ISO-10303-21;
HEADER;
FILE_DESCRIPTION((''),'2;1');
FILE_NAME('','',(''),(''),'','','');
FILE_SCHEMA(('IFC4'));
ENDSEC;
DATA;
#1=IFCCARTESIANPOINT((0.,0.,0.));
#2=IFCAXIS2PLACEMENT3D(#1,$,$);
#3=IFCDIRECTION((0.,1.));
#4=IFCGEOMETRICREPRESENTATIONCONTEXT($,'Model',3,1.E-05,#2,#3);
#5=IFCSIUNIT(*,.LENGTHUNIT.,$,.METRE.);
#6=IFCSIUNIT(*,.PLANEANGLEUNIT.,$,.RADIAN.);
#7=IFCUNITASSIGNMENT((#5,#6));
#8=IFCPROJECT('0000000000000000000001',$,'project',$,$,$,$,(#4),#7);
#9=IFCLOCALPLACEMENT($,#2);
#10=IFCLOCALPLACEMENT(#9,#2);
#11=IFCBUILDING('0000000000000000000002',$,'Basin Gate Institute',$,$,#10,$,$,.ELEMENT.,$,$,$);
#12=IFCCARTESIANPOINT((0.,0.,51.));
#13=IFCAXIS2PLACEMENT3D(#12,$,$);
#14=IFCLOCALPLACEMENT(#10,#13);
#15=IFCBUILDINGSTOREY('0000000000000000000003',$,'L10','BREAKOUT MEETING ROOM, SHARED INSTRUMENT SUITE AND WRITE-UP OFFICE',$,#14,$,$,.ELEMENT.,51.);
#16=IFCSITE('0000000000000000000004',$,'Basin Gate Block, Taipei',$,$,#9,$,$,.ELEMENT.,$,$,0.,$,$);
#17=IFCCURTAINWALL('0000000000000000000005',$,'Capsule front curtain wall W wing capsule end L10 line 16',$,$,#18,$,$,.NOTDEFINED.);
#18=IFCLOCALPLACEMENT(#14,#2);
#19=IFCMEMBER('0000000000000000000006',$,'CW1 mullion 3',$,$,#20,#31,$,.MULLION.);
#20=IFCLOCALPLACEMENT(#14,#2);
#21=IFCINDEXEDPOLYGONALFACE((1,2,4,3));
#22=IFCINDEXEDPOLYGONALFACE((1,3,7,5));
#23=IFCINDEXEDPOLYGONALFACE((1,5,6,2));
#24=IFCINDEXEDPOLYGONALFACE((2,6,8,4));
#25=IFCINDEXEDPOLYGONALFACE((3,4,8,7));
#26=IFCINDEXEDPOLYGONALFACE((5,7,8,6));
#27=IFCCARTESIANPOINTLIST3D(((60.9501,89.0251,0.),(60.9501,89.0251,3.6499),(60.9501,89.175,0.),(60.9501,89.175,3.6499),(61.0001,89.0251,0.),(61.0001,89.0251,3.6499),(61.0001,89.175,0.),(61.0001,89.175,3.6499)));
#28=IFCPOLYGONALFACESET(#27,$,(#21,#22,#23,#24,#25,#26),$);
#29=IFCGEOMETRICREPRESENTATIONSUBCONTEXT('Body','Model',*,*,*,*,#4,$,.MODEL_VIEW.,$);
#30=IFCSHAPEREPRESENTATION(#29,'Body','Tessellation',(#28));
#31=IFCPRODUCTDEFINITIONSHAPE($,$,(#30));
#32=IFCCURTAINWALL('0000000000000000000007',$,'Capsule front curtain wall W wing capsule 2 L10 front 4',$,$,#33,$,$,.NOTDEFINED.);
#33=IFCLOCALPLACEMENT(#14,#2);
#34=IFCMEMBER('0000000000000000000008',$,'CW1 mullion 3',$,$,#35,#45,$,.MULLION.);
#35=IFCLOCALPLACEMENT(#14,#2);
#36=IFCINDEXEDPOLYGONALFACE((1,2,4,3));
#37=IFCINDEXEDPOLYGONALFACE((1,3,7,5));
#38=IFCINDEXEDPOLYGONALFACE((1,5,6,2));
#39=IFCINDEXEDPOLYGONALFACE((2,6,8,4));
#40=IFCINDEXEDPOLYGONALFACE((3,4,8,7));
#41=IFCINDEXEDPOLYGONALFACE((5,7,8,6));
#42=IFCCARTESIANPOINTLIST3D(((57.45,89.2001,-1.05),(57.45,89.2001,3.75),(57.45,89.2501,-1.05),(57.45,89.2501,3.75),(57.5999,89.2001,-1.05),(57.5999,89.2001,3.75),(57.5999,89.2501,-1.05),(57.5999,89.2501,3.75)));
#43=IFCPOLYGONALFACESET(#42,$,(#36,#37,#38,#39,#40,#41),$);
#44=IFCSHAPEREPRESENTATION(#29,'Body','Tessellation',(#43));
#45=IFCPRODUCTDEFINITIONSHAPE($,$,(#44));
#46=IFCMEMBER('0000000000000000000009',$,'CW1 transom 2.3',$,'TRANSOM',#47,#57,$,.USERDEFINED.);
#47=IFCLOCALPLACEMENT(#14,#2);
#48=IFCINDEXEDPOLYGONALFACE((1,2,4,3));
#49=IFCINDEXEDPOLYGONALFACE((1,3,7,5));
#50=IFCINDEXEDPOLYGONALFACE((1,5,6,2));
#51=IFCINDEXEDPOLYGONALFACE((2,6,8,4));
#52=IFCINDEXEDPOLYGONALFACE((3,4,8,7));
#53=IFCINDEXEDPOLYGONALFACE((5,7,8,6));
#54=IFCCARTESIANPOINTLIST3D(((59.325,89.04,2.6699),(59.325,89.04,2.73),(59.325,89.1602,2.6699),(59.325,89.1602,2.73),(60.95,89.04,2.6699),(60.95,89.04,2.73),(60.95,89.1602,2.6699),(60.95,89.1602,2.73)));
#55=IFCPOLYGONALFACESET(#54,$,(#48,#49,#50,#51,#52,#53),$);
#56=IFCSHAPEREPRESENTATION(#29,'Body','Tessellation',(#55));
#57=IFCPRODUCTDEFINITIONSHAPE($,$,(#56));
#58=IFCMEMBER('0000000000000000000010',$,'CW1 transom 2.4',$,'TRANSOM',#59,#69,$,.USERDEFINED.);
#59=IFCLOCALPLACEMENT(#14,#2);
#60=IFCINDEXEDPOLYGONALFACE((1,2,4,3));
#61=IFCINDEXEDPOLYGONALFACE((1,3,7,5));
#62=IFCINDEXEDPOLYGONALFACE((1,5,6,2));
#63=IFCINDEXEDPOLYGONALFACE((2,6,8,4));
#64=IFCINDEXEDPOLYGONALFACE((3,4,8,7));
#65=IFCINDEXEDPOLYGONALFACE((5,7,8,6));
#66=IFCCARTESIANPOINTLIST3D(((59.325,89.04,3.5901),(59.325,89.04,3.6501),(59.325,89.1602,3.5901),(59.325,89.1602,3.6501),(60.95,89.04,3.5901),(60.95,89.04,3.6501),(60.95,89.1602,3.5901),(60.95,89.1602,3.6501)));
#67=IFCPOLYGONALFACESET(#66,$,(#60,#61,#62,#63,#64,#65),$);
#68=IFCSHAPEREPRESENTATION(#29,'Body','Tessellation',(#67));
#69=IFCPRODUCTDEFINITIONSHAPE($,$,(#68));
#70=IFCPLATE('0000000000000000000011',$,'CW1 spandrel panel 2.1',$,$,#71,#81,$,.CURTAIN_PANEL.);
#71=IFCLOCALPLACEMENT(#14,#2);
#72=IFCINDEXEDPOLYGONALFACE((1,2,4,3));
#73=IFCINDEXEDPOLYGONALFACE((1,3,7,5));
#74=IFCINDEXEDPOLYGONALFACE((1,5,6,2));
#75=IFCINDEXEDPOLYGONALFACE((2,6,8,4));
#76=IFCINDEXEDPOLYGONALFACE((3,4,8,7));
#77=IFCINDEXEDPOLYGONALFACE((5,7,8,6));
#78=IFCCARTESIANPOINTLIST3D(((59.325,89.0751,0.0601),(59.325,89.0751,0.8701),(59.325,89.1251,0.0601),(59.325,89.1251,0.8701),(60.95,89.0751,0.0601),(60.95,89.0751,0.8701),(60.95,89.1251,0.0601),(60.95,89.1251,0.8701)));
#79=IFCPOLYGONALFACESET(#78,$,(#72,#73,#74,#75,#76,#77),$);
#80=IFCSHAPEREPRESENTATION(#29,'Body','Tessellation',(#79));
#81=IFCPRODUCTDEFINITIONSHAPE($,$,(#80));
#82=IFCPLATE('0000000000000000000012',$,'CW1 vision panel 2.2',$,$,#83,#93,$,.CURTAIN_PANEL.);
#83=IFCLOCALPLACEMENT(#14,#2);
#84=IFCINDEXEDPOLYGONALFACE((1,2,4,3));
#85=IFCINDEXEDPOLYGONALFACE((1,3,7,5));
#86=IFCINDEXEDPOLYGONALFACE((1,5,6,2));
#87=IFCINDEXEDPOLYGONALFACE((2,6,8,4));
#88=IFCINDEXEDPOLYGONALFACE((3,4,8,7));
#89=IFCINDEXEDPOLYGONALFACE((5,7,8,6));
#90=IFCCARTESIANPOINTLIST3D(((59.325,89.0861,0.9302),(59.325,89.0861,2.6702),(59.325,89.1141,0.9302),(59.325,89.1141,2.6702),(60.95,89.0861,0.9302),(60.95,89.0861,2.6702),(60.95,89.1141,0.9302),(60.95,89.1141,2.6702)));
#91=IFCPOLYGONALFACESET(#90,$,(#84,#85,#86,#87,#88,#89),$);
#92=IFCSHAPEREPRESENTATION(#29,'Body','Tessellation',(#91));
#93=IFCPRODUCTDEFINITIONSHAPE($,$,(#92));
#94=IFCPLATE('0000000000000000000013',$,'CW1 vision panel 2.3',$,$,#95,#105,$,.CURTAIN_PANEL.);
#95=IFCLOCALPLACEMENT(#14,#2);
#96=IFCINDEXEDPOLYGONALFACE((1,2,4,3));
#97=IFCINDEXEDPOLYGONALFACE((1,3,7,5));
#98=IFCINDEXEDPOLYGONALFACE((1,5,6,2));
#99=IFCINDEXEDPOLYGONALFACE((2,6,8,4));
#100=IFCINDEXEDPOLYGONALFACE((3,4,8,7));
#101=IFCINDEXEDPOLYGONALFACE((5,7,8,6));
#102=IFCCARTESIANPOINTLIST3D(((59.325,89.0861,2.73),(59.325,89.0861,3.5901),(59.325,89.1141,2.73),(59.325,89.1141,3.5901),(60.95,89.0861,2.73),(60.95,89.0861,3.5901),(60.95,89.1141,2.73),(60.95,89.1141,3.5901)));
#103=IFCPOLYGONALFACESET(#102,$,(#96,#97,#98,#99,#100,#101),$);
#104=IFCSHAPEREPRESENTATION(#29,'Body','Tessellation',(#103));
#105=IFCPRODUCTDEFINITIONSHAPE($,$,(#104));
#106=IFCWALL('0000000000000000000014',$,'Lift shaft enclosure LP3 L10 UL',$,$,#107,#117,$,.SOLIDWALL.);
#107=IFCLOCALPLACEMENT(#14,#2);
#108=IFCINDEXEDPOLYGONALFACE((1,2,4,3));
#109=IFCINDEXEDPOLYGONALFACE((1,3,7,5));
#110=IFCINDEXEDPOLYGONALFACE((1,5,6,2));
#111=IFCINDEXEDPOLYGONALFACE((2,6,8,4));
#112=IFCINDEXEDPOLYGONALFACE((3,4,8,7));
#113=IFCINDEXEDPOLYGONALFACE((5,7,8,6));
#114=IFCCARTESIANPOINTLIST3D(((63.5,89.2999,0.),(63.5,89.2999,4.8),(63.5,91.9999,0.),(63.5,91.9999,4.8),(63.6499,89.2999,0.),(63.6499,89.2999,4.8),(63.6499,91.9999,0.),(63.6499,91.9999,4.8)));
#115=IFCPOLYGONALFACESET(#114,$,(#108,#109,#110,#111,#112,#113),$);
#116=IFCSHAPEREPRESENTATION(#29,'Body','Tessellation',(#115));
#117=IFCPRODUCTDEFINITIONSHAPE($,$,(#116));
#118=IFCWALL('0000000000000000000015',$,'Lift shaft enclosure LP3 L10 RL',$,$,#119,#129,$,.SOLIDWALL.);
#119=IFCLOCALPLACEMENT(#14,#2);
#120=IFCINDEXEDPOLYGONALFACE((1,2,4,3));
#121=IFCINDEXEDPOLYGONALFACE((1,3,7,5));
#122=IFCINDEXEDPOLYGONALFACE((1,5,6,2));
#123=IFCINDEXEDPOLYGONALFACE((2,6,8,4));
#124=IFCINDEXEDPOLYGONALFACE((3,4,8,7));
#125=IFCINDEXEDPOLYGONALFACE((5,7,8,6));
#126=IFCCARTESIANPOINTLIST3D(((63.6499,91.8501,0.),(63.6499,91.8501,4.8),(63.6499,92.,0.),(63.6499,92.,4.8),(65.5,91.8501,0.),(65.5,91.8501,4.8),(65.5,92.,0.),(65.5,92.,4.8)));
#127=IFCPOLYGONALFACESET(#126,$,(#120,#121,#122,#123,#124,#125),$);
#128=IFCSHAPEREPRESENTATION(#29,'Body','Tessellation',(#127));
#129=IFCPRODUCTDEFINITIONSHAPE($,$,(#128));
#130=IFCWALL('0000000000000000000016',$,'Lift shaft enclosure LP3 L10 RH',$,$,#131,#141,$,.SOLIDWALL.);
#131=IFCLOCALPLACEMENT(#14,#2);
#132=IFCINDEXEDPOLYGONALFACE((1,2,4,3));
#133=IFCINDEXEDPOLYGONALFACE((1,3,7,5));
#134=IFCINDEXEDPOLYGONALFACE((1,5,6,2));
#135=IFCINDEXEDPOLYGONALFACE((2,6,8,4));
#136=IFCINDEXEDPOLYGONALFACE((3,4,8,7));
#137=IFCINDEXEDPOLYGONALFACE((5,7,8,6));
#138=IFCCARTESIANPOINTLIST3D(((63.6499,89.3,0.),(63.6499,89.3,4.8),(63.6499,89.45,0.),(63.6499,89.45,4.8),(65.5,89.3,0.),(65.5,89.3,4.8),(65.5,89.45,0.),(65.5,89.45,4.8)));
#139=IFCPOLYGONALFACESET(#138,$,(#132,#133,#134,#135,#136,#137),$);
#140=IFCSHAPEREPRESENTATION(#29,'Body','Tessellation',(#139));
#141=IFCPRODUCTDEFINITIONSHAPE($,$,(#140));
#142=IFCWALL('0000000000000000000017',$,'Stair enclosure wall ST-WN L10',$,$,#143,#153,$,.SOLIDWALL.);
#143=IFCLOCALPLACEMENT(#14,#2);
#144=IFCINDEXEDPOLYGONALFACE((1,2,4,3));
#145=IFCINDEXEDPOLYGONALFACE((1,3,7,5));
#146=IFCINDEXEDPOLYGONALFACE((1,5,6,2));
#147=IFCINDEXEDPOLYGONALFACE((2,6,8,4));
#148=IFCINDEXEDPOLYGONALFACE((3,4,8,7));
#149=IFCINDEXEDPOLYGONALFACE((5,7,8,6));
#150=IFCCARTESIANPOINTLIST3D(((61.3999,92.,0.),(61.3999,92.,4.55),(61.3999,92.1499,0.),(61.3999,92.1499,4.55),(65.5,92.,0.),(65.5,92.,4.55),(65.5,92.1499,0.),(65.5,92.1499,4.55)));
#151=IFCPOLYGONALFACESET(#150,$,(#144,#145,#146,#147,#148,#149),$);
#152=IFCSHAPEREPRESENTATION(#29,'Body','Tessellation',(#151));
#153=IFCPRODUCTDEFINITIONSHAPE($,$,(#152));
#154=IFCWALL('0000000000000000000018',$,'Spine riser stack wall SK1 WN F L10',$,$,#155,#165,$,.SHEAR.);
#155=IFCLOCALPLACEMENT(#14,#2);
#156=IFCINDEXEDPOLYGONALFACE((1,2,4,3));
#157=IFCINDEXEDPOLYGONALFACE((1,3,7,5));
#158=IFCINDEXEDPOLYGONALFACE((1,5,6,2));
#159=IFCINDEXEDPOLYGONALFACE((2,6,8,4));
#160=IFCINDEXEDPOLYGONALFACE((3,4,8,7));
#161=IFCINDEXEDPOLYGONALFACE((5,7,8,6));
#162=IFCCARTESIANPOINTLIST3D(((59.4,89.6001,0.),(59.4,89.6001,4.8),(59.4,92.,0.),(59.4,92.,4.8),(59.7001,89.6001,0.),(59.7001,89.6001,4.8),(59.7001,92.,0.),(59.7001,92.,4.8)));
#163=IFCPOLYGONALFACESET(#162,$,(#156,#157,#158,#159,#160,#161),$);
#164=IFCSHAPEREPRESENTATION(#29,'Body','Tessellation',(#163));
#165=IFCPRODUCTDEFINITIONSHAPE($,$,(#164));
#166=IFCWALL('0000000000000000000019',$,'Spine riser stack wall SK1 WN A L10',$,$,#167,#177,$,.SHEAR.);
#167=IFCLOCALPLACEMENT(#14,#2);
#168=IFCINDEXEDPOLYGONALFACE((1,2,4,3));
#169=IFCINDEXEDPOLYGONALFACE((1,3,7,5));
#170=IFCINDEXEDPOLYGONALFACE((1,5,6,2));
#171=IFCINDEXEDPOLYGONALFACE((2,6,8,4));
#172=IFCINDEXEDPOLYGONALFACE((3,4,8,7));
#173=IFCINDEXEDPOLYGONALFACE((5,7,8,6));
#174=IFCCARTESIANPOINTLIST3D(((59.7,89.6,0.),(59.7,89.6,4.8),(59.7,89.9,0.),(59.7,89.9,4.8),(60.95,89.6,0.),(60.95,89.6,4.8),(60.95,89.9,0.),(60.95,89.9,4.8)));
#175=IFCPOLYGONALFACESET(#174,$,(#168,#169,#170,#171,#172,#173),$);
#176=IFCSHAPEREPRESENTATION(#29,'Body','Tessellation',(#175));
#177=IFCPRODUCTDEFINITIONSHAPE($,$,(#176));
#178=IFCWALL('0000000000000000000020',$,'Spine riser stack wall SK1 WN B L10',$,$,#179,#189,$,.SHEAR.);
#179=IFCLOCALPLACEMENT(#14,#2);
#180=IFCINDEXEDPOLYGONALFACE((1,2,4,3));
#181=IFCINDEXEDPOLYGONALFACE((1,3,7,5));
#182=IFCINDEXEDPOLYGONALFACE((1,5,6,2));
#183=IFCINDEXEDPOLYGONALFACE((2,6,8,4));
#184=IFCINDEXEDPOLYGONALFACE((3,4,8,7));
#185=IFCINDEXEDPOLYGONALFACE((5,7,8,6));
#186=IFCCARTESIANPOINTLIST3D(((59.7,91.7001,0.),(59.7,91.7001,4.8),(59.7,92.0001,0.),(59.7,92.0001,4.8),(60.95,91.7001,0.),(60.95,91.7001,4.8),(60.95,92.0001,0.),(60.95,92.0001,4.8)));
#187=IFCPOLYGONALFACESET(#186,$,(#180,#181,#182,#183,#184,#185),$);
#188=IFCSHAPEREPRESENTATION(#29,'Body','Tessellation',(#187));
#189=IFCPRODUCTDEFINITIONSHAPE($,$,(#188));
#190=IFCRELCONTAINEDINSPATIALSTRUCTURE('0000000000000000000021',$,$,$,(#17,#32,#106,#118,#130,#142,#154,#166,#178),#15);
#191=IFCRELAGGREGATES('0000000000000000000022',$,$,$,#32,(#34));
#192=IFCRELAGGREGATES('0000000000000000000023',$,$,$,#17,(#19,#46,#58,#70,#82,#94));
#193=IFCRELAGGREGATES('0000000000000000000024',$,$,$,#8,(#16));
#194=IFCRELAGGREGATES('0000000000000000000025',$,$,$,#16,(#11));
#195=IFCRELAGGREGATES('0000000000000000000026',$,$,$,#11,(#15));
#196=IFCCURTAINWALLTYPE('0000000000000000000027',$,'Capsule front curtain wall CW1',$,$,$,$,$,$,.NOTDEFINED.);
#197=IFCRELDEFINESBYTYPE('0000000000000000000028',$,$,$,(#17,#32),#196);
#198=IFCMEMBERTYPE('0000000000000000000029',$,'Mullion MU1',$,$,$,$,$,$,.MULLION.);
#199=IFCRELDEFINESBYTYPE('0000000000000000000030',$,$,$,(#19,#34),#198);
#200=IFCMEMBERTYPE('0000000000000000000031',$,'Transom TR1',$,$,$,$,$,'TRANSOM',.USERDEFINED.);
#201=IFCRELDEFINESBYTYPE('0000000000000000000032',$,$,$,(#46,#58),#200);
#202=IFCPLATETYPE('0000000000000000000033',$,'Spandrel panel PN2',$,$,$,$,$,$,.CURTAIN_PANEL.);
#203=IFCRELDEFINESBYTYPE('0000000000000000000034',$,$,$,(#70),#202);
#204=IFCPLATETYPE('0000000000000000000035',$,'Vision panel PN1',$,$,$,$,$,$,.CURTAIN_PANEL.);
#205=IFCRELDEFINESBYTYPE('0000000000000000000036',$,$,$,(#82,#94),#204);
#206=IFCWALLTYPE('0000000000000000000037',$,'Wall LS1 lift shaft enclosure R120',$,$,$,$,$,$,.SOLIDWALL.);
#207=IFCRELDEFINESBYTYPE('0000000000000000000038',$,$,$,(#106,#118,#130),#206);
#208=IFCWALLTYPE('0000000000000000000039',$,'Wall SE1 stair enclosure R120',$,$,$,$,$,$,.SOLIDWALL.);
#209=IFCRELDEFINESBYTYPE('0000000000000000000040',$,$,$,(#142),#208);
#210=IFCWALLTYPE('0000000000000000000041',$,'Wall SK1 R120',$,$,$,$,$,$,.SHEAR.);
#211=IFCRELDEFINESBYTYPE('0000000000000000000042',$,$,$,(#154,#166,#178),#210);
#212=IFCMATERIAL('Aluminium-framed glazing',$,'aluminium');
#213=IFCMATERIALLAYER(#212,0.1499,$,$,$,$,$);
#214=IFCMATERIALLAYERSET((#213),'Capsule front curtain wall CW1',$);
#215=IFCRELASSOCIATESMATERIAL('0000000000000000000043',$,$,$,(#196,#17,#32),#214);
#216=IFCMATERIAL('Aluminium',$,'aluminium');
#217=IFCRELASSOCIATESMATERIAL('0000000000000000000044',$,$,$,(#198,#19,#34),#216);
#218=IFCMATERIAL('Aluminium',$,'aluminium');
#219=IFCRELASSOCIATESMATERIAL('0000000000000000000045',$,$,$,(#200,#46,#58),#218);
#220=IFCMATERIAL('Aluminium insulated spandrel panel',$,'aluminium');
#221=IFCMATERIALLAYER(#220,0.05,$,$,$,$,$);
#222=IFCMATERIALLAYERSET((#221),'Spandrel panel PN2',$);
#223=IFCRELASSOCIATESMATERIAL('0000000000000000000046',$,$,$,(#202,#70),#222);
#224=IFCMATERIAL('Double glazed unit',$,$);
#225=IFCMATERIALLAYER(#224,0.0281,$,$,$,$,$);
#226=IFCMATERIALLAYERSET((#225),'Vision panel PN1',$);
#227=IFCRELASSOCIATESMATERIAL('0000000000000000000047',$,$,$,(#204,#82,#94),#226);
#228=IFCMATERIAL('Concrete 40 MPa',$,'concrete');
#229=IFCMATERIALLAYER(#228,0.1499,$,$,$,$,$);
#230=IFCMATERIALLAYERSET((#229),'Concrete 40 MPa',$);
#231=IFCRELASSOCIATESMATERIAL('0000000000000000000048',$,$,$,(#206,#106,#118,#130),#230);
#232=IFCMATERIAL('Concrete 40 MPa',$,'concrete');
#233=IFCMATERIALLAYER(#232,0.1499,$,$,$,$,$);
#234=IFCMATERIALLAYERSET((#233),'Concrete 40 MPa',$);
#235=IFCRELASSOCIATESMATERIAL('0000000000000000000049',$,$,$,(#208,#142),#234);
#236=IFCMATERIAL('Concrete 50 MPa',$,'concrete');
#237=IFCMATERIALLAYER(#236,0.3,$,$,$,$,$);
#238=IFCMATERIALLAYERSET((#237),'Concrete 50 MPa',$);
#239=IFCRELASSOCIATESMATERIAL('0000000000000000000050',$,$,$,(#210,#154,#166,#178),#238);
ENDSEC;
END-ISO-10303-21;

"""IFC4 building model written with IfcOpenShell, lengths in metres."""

from ifc_helpers import new_model, si_unit, direction, frame, frame_2d, origin, origin_2d, place, context, subcontext, project, spatial, rectangle, extrude, material, layer, layer_set, material_profile, profile_set, type_object, element, aggregate, save


model = new_model("IFC4")

# Units and contexts
model_context = context("Model", 3, precision=1e-05, world=origin(), true_north=direction((0.0, 1.0)))
body_context = subcontext(model_context, "Body", "Model", "MODEL_VIEW")
ifc_project = project(units=[si_unit("LENGTHUNIT", "METRE"), si_unit("PLANEANGLEUNIT", "RADIAN")], contexts=[model_context])

# Site, building, storey
site_placement = place(None, origin())
site = spatial("IfcSite", under=ifc_project, at=site_placement, Name="Basin Gate Block, Taipei", CompositionType="ELEMENT", RefElevation=0.0)
building_placement = place(site_placement, origin())
building = spatial("IfcBuilding", under=site, at=building_placement, Name="Basin Gate Institute", CompositionType="ELEMENT")
storey_placement = place(building_placement, frame((0.0, 0.0, 51.0)))
storey = spatial("IfcBuildingStorey", under=building, at=storey_placement, Name="L10", Description="BREAKOUT MEETING ROOM, SHARED INSTRUMENT SUITE AND WRITE-UP OFFICE", CompositionType="ELEMENT", Elevation=51.0)

# Curtain walls, members
ifc_material_1 = material(Name="Aluminium-framed glazing", Category="aluminium")
ifc_layer_1 = layer(ifc_material_1, 0.1499)
ifc_layer_set_1 = layer_set([ifc_layer_1], Name="Capsule front curtain wall CW1")
curtain_wall_type = type_object("IfcCurtainWallType", Name="Capsule front curtain wall CW1", PredefinedType="NOTDEFINED", material=ifc_layer_set_1)
curtain_wall_1_placement = place(storey_placement, origin())
curtain_wall_1 = element("IfcCurtainWall", 1, at=curtain_wall_1_placement, inside=storey, type_object=curtain_wall_type, material=ifc_layer_set_1, Name="Capsule front curtain wall W wing capsule end L10 line 16", PredefinedType="NOTDEFINED")
ifc_material_2 = material(Name="Aluminium", Category="aluminium")
ifc_material_profile_1 = material_profile(ifc_material_2, rectangle(XDim=0.1499, YDim=0.05, at=origin_2d()), Name="Mullion MU1 150 x 50")
ifc_profile_set_1 = profile_set([ifc_material_profile_1], Name="Aluminium")
member_type_1 = type_object("IfcMemberType", Name="Mullion MU1", PredefinedType="MULLION", material=ifc_profile_set_1)
member_1_placement = place(storey_placement, frame((60.9751, 89.1001, 0.0), z_axis=(0.0, 0.0, 1.0), x_axis=(0.0, 1.0, 0.0)))
member_1 = element("IfcMember", 2, at=member_1_placement, type_object=member_type_1, material=ifc_profile_set_1, Name="CW1 mullion 3", PredefinedType="MULLION", context=body_context, shape_type="SweptSolid", body=[
    extrude(rectangle(XDim=0.1499, YDim=0.05, at=origin_2d()), origin(), (0.0, 0.0, 1.0), 3.6499),
])
curtain_wall_2_placement = place(storey_placement, origin())
curtain_wall_2 = element("IfcCurtainWall", 3, at=curtain_wall_2_placement, inside=storey, type_object=curtain_wall_type, material=ifc_layer_set_1, Name="Capsule front curtain wall W wing capsule 2 L10 front 4", PredefinedType="NOTDEFINED")
member_2_placement = place(storey_placement, frame((57.5249, 89.2251, -1.05), z_axis=(0.0, 0.0, 1.0), x_axis=(-1.0, 0.0, 0.0)))
member_2 = element("IfcMember", 4, at=member_2_placement, type_object=member_type_1, material=ifc_profile_set_1, Name="CW1 mullion 3", PredefinedType="MULLION", context=body_context, shape_type="SweptSolid", body=[
    extrude(rectangle(XDim=0.1499, YDim=0.05, at=origin_2d()), origin(), (0.0, 0.0, 1.0), 4.8),
])
aggregate(curtain_wall_2, [member_2])

# Members
ifc_material_3 = material(Name="Aluminium", Category="aluminium")
ifc_material_profile_2 = material_profile(ifc_material_3, rectangle(XDim=0.1201, YDim=0.0601, at=origin_2d()), Name="Transom TR1 120 x 60")
ifc_profile_set_2 = profile_set([ifc_material_profile_2], Name="Aluminium")
member_type_2 = type_object("IfcMemberType", Name="Transom TR1", ElementType="TRANSOM", PredefinedType="USERDEFINED", material=ifc_profile_set_2)
member_3_placement = place(storey_placement, frame((59.325, 89.1001, 2.7), z_axis=(1.0, 0.0, 0.0), x_axis=(0.0, 1.0, 0.0)))
member_3 = element("IfcMember", 5, at=member_3_placement, type_object=member_type_2, material=ifc_profile_set_2, Name="CW1 transom 2.3", ObjectType="TRANSOM", PredefinedType="USERDEFINED", context=body_context, shape_type="SweptSolid", body=[
    extrude(rectangle(XDim=0.1201, YDim=0.0601, at=origin_2d()), origin(), (0.0, 0.0, 1.0), 1.625),
])
member_4_placement = place(storey_placement, frame((59.325, 89.1001, 3.6201), z_axis=(1.0, 0.0, 0.0), x_axis=(0.0, 1.0, 0.0)))
member_4 = element("IfcMember", 6, at=member_4_placement, type_object=member_type_2, material=ifc_profile_set_2, Name="CW1 transom 2.4", ObjectType="TRANSOM", PredefinedType="USERDEFINED", context=body_context, shape_type="SweptSolid", body=[
    extrude(rectangle(XDim=0.1201, YDim=0.0601, at=origin_2d()), origin(), (0.0, 0.0, 1.0), 1.625),
])

# Plates
ifc_material_4 = material(Name="Aluminium insulated spandrel panel", Category="aluminium")
ifc_layer_2 = layer(ifc_material_4, 0.05)
ifc_layer_set_2 = layer_set([ifc_layer_2], Name="Spandrel panel PN2")
plate_type_1 = type_object("IfcPlateType", Name="Spandrel panel PN2", PredefinedType="CURTAIN_PANEL", material=ifc_layer_set_2)
plate_1_placement = place(storey_placement, frame((60.1375, 89.1001, 0.0601), z_axis=(0.0, 0.0, 1.0), x_axis=(1.0, 0.0, 0.0)))
plate_1 = element("IfcPlate", 7, at=plate_1_placement, type_object=plate_type_1, material=ifc_layer_set_2, Name="CW1 spandrel panel 2.1", PredefinedType="CURTAIN_PANEL", context=body_context, shape_type="SweptSolid", body=[
    extrude(rectangle(XDim=1.625, YDim=0.05, at=origin_2d()), origin(), (0.0, 0.0, 1.0), 0.8101),
])
ifc_material_5 = material(Name="Double glazed unit")
ifc_layer_3 = layer(ifc_material_5, 0.0281)
ifc_layer_set_3 = layer_set([ifc_layer_3], Name="Vision panel PN1")
plate_type_2 = type_object("IfcPlateType", Name="Vision panel PN1", PredefinedType="CURTAIN_PANEL", material=ifc_layer_set_3)
plate_2_placement = place(storey_placement, frame((60.1375, 89.1001, 0.9302), z_axis=(0.0, 0.0, 1.0), x_axis=(1.0, 0.0, 0.0)))
plate_2 = element("IfcPlate", 8, at=plate_2_placement, type_object=plate_type_2, material=ifc_layer_set_3, Name="CW1 vision panel 2.2", PredefinedType="CURTAIN_PANEL", context=body_context, shape_type="SweptSolid", body=[
    extrude(rectangle(XDim=1.625, YDim=0.0281, at=origin_2d()), origin(), (0.0, 0.0, 1.0), 1.74),
])
plate_3_placement = place(storey_placement, frame((60.1375, 89.1001, 2.73), z_axis=(0.0, 0.0, 1.0), x_axis=(1.0, 0.0, 0.0)))
plate_3 = element("IfcPlate", 9, at=plate_3_placement, type_object=plate_type_2, material=ifc_layer_set_3, Name="CW1 vision panel 2.3", PredefinedType="CURTAIN_PANEL", context=body_context, shape_type="SweptSolid", body=[
    extrude(rectangle(XDim=1.625, YDim=0.0281, at=origin_2d()), origin(), (0.0, 0.0, 1.0), 0.8601),
])
aggregate(curtain_wall_1, [member_1, member_3, member_4, plate_1, plate_2, plate_3])

# Walls
ifc_material_6 = material(Name="Concrete 40 MPa", Category="concrete")
ifc_layer_4 = layer(ifc_material_6, 0.1499)
ifc_layer_set_4 = layer_set([ifc_layer_4], Name="Concrete 40 MPa")
wall_type_1 = type_object("IfcWallType", Name="Wall LS1 lift shaft enclosure R120", PredefinedType="SOLIDWALL", material=ifc_layer_set_4)
wall_1_placement = place(storey_placement, frame((63.575, 92.0, 0.0), z_axis=(0.0, 0.0, 1.0), x_axis=(0.0, -1.0, 0.0)))
element("IfcWall", 10, at=wall_1_placement, inside=storey, type_object=wall_type_1, material=ifc_layer_set_4, Name="Lift shaft enclosure LP3 L10 UL", PredefinedType="SOLIDWALL", context=body_context, shape_type="SweptSolid", body=[
    extrude(rectangle(XDim=2.7, YDim=0.1499, at=frame_2d((1.3501, 0.0))), origin(), (0.0, 0.0, 1.0), 4.8),
])
for number, where, z_axis, x_axis, name in (
    (11, (63.6499, 91.925, 0.0), (0.0, 0.0, 1.0), (1.0, 0.0, 0.0), "Lift shaft enclosure LP3 L10 RL"),
    (12, (63.6499, 89.375, 0.0), (0.0, 0.0, 1.0), (1.0, 0.0, 0.0), "Lift shaft enclosure LP3 L10 RH"),
):
    element("IfcWall", number, at=place(storey_placement, frame(where, z_axis=z_axis, x_axis=x_axis)), inside=storey, type_object=wall_type_1, material=ifc_layer_set_4, Name=name, PredefinedType="SOLIDWALL", context=body_context, shape_type="SweptSolid", body=[
        extrude(rectangle(XDim=1.8501, YDim=0.1499, at=frame_2d((0.925, 0.0))), origin(), (0.0, 0.0, 1.0), 4.8),
    ])
ifc_material_7 = material(Name="Concrete 40 MPa", Category="concrete")
ifc_layer_5 = layer(ifc_material_7, 0.1499)
ifc_layer_set_5 = layer_set([ifc_layer_5], Name="Concrete 40 MPa")
wall_type_2 = type_object("IfcWallType", Name="Wall SE1 stair enclosure R120", PredefinedType="SOLIDWALL", material=ifc_layer_set_5)
wall_2_placement = place(storey_placement, frame((61.3999, 92.075, 0.0), z_axis=(0.0, 0.0, 1.0), x_axis=(1.0, 0.0, 0.0)))
element("IfcWall", 13, at=wall_2_placement, inside=storey, type_object=wall_type_2, material=ifc_layer_set_5, Name="Stair enclosure wall ST-WN L10", PredefinedType="SOLIDWALL", context=body_context, shape_type="SweptSolid", body=[
    extrude(rectangle(XDim=4.1001, YDim=0.1499, at=frame_2d((2.05, 0.0))), origin(), (0.0, 0.0, 1.0), 4.55),
])
ifc_material_8 = material(Name="Concrete 50 MPa", Category="concrete")
ifc_layer_6 = layer(ifc_material_8, 0.3)
ifc_layer_set_6 = layer_set([ifc_layer_6], Name="Concrete 50 MPa")
wall_type_3 = type_object("IfcWallType", Name="Wall SK1 R120", PredefinedType="SHEAR", material=ifc_layer_set_6)
wall_3_placement = place(storey_placement, frame((59.55, 89.6001, 0.0), z_axis=(0.0, 0.0, 1.0), x_axis=(0.0, 1.0, 0.0)))
element("IfcWall", 14, at=wall_3_placement, inside=storey, type_object=wall_type_3, material=ifc_layer_set_6, Name="Spine riser stack wall SK1 WN F L10", PredefinedType="SHEAR", context=body_context, shape_type="SweptSolid", body=[
    extrude(rectangle(XDim=2.3999, YDim=0.3, at=frame_2d((1.2, 0.0))), origin(), (0.0, 0.0, 1.0), 4.8),
])
for number, where, z_axis, x_axis, name in (
    (15, (60.95, 89.75, 0.0), (0.0, 0.0, 1.0), (-1.0, 0.0, 0.0), "Spine riser stack wall SK1 WN A L10"),
    (16, (60.95, 91.8501, 0.0), (0.0, 0.0, 1.0), (-1.0, 0.0, 0.0), "Spine riser stack wall SK1 WN B L10"),
):
    element("IfcWall", number, at=place(storey_placement, frame(where, z_axis=z_axis, x_axis=x_axis)), inside=storey, type_object=wall_type_3, material=ifc_layer_set_6, Name=name, PredefinedType="SHEAR", context=body_context, shape_type="SweptSolid", body=[
        extrude(rectangle(XDim=1.25, YDim=0.3, at=frame_2d((0.625, 0.0))), origin(), (0.0, 0.0, 1.0), 4.8),
    ])

save(model, "model.ifc")
